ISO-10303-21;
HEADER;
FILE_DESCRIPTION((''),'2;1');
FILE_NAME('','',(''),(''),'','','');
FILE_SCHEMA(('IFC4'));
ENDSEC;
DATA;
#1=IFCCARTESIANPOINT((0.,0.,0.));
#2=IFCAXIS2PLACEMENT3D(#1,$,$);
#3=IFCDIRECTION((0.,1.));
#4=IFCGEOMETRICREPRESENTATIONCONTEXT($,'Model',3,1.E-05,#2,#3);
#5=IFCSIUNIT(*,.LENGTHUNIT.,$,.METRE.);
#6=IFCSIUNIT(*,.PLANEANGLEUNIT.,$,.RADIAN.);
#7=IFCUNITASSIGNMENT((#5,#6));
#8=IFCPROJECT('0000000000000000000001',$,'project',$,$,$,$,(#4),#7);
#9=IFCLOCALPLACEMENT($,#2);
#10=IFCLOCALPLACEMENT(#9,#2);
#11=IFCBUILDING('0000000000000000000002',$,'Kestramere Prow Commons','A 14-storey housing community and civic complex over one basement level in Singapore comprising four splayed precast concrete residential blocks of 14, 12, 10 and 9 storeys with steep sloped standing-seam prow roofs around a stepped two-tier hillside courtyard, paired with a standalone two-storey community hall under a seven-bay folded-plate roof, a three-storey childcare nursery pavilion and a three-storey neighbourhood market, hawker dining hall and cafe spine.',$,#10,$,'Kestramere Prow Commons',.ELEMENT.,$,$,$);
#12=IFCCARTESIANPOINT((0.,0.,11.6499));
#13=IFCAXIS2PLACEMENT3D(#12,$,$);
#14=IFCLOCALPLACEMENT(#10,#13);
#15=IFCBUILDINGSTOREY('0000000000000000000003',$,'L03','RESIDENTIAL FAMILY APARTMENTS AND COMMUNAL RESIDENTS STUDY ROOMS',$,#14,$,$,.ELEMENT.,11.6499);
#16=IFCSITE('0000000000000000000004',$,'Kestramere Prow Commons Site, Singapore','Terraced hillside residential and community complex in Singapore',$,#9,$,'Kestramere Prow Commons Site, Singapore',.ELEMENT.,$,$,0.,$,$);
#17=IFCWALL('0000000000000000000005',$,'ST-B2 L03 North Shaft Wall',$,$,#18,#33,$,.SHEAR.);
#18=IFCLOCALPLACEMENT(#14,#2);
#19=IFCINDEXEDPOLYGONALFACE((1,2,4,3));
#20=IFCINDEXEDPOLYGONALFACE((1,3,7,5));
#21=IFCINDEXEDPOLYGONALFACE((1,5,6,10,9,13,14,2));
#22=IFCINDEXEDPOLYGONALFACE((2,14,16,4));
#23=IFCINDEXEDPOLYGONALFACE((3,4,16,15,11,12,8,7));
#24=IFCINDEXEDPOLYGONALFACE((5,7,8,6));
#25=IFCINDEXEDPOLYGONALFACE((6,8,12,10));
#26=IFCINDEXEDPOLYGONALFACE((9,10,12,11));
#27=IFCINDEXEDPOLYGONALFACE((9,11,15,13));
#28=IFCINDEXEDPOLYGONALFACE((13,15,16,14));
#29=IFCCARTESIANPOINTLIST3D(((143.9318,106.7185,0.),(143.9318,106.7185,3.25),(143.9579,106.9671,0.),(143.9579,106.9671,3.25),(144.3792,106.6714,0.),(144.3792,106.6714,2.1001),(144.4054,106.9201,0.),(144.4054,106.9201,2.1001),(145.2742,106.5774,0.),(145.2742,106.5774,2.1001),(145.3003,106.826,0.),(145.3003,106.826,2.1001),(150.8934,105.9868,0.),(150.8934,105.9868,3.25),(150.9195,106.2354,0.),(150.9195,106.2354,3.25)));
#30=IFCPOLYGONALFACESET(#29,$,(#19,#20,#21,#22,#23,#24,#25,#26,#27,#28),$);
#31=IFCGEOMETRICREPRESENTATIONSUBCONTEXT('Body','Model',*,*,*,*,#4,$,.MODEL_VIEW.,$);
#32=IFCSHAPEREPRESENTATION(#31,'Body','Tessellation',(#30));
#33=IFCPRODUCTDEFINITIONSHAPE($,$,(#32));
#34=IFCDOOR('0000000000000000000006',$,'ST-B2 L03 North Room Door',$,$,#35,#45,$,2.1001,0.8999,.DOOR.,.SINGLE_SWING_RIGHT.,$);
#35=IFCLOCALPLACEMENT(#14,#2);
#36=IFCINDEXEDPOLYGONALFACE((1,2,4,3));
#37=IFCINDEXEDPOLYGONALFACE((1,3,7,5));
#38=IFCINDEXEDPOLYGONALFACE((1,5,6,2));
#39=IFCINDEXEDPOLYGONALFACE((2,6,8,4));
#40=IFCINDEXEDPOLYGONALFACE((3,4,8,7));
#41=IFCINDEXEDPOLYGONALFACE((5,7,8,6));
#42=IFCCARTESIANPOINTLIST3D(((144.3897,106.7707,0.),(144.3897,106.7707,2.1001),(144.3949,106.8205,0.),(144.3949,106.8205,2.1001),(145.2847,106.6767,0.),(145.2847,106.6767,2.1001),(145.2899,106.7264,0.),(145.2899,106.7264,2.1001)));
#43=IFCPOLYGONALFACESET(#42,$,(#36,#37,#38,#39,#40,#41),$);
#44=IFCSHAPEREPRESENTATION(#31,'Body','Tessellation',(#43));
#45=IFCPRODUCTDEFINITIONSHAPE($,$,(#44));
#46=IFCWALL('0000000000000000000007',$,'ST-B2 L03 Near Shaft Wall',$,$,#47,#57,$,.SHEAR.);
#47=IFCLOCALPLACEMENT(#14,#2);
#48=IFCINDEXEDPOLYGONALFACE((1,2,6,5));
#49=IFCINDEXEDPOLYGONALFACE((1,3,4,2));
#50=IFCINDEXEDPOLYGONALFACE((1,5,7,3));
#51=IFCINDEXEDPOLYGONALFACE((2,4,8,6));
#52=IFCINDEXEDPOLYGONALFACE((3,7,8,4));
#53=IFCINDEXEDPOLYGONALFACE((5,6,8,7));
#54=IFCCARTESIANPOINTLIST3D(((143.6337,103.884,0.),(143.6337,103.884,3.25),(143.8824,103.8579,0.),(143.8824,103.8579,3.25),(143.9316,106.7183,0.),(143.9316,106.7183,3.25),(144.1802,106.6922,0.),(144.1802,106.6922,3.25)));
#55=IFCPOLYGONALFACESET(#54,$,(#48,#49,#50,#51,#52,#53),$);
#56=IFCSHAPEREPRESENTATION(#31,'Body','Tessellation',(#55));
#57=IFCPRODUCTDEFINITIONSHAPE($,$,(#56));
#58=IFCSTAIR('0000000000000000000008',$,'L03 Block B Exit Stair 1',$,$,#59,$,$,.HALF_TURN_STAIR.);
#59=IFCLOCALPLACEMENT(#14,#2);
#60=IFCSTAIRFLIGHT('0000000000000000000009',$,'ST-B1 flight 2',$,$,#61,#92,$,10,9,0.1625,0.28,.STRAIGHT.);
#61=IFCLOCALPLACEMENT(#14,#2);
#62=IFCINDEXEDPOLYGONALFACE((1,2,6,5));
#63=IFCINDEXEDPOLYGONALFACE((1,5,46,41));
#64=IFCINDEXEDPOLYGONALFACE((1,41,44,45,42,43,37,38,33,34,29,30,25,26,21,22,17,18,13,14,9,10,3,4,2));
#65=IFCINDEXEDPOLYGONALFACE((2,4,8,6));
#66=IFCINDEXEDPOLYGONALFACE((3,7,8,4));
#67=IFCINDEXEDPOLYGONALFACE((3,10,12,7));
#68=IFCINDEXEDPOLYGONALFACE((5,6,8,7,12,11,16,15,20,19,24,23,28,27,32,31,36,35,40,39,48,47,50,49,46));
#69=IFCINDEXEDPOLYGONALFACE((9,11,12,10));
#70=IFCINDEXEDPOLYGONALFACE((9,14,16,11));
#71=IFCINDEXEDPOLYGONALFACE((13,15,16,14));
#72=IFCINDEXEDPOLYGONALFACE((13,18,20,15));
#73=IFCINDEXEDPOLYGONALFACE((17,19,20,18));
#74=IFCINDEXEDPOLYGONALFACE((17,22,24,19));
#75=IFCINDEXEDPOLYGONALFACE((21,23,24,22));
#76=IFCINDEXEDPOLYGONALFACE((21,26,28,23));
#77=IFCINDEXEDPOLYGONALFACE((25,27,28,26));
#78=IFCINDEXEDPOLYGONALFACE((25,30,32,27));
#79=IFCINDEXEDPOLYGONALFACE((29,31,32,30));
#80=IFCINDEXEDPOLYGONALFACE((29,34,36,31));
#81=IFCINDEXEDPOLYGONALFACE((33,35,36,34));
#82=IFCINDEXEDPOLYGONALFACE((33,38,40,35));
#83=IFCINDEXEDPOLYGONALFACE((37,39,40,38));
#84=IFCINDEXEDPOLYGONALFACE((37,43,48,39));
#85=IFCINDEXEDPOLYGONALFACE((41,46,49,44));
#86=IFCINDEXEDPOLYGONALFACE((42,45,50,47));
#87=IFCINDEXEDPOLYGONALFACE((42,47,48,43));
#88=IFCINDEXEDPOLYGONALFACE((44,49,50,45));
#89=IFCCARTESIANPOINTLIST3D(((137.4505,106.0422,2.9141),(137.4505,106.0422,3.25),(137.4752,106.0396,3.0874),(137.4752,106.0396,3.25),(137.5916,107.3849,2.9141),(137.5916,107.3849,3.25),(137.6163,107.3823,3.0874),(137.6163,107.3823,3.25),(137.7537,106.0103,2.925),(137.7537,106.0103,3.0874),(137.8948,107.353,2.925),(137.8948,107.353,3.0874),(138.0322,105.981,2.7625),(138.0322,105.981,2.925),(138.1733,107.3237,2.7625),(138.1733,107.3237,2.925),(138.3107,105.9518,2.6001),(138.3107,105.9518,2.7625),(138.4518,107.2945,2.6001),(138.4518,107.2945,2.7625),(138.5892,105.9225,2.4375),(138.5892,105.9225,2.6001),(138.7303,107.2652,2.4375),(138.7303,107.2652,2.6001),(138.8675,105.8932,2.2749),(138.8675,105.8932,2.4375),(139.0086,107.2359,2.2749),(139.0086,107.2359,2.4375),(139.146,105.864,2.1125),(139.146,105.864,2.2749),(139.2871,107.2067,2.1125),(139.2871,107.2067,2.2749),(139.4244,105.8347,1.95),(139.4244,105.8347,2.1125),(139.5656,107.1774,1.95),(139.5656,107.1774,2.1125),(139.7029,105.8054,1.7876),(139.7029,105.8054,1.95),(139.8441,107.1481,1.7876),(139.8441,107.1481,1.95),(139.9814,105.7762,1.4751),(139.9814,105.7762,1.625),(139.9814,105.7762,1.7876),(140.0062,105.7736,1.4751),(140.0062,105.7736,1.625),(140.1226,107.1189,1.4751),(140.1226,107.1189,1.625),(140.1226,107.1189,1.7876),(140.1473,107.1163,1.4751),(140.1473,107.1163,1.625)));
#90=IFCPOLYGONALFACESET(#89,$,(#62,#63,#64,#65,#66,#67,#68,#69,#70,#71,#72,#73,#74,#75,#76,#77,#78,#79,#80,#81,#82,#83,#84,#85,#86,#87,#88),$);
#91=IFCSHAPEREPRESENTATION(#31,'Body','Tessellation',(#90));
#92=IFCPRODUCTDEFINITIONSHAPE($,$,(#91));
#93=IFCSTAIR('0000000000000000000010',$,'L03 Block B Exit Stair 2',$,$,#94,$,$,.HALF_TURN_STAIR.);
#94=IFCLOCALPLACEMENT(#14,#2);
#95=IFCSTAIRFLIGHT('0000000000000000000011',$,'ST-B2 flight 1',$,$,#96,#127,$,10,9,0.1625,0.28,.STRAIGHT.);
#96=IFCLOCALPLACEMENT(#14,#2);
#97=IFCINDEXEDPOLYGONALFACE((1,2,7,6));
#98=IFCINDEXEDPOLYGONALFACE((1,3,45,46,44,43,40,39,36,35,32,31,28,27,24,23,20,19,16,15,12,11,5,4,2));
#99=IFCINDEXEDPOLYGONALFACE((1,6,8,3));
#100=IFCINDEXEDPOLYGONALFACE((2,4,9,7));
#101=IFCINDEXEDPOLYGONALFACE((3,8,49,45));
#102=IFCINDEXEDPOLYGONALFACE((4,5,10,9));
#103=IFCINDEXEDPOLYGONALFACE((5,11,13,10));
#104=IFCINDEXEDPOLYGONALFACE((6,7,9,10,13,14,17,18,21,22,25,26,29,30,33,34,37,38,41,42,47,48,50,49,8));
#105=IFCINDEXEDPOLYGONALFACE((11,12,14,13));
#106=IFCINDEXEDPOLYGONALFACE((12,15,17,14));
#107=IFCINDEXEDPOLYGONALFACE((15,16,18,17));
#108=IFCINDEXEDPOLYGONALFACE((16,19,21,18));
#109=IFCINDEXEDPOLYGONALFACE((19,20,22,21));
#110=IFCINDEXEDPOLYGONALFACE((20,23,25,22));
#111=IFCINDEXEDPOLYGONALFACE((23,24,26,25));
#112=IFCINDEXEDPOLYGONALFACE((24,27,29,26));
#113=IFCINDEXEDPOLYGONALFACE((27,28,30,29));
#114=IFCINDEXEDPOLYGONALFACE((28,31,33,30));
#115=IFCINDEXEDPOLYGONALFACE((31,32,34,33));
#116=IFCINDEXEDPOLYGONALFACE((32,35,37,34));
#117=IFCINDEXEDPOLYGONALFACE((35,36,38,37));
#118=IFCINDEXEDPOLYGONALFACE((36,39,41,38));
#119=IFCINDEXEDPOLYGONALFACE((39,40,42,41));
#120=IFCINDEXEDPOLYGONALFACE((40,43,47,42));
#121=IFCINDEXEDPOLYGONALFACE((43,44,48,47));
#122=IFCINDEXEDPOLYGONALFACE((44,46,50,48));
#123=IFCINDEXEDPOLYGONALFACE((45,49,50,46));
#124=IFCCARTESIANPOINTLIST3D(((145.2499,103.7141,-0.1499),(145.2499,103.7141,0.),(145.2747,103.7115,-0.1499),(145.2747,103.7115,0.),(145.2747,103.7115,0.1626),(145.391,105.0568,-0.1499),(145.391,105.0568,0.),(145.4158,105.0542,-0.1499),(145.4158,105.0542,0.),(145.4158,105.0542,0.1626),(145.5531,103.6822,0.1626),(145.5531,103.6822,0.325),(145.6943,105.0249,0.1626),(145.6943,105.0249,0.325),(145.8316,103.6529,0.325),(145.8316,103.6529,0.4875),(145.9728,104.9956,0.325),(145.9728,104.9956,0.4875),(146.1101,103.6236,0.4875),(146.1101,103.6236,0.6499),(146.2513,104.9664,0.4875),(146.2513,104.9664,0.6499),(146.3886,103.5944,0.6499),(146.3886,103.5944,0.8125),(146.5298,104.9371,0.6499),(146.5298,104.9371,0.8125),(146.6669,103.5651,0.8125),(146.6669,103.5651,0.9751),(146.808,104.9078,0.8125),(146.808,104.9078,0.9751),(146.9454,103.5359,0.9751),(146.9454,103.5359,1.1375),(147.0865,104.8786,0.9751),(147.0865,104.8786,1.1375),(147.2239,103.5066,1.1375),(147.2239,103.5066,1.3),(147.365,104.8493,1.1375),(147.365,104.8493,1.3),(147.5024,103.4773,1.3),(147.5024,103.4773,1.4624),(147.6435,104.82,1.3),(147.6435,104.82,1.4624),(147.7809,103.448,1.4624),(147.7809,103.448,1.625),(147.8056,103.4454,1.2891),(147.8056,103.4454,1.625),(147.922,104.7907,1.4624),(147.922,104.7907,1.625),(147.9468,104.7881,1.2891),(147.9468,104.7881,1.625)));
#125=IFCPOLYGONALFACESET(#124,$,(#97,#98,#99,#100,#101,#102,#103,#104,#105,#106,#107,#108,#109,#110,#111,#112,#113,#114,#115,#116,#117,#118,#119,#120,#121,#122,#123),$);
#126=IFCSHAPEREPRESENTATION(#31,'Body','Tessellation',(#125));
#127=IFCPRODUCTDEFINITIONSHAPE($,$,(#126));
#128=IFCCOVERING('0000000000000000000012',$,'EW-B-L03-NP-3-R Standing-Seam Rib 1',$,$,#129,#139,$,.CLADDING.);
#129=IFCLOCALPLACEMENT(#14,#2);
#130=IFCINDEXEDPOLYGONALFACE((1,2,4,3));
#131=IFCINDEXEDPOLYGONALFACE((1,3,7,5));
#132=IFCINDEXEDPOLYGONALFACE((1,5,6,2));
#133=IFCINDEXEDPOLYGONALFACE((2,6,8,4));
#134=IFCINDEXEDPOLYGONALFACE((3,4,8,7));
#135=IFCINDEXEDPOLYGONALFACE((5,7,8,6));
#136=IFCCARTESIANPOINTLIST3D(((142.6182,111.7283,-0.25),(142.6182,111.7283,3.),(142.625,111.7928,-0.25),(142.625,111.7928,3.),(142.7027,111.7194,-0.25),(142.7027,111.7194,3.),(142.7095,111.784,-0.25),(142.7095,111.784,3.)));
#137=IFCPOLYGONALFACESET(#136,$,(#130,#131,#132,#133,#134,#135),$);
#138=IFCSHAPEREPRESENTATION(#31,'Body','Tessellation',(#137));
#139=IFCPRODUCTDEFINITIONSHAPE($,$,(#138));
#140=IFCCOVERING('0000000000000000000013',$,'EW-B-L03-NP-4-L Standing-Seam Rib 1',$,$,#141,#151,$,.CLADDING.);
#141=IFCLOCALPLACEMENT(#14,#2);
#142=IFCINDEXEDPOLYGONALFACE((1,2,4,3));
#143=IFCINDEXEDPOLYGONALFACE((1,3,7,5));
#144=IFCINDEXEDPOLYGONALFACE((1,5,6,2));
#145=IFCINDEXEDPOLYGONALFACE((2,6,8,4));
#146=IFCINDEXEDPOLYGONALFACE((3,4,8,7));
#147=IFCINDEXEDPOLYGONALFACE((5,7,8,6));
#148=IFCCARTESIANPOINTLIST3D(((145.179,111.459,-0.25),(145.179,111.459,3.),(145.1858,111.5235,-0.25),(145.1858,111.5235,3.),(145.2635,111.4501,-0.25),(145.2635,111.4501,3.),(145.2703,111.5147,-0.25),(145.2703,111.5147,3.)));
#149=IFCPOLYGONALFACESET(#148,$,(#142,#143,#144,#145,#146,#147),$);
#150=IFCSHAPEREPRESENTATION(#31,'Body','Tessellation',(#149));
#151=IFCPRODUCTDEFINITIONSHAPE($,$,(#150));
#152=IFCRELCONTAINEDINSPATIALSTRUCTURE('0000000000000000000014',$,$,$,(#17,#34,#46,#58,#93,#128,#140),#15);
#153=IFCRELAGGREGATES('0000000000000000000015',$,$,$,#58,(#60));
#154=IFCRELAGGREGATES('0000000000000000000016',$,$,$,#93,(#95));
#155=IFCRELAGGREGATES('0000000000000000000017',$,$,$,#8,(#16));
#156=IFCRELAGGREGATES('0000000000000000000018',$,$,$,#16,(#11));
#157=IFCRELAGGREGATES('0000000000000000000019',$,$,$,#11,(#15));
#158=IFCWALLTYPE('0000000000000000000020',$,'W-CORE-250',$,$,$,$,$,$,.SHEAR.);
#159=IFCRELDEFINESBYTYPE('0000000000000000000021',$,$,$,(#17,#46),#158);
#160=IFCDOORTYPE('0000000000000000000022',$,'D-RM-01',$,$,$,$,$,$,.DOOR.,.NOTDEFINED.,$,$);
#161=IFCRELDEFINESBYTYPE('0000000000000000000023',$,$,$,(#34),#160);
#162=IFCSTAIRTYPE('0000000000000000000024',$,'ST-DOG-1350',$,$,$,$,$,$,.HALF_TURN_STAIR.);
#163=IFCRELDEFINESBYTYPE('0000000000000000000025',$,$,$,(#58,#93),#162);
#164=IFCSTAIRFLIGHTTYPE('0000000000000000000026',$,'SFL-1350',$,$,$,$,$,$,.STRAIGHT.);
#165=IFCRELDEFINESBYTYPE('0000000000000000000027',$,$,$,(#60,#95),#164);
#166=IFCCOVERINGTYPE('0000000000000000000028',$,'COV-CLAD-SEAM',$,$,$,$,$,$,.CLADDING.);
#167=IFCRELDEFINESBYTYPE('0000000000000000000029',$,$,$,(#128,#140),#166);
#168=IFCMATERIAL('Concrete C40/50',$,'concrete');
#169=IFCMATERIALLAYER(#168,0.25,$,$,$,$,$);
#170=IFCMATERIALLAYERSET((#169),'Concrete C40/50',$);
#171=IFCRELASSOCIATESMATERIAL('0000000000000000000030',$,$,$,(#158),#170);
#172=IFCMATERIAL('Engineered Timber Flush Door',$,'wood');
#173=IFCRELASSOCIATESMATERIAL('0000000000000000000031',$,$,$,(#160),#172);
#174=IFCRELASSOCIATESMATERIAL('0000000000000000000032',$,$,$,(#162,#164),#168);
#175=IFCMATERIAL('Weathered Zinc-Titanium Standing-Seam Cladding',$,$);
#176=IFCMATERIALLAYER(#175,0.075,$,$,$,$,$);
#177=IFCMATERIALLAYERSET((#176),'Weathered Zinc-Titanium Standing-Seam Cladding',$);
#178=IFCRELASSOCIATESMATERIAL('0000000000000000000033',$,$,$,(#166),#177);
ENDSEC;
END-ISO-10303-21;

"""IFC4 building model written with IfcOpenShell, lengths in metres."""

from ifc_helpers import new_model, si_unit, direction, frame, frame_2d, origin, origin_2d, place, context, subcontext, project, spatial, polyline, rectangle, outline, extrude, material, layer, layer_set, type_object, element, fill, aggregate, save


model = new_model("IFC4")

# Units and contexts
model_context = context("Model", 3, precision=1e-05, world=origin(), true_north=direction((0.0, 1.0)))
body_context = subcontext(model_context, "Body", "Model", "MODEL_VIEW")
ifc_project = project(units=[si_unit("LENGTHUNIT", "METRE"), si_unit("PLANEANGLEUNIT", "RADIAN")], contexts=[model_context])

# Site, building, storey
site_placement = place(None, origin())
site = spatial("IfcSite", under=ifc_project, at=site_placement, Name="Kestramere Prow Commons Site, Singapore", Description="Terraced hillside residential and community complex in Singapore", LongName="Kestramere Prow Commons Site, Singapore", CompositionType="ELEMENT", RefElevation=0.0)
building_placement = place(site_placement, origin())
building = spatial("IfcBuilding", under=site, at=building_placement, Name="Kestramere Prow Commons", Description="A 14-storey housing community and civic complex over one basement level in Singapore comprising four splayed precast concrete residential blocks of 14, 12, 10 and 9 storeys with steep sloped standing-seam prow roofs around a stepped two-tier hillside courtyard, paired with a standalone two-storey community hall under a seven-bay folded-plate roof, a three-storey childcare nursery pavilion and a three-storey neighbourhood market, hawker dining hall and cafe spine.", LongName="Kestramere Prow Commons", CompositionType="ELEMENT")
storey_placement = place(building_placement, frame((0.0, 0.0, 11.6499)))
storey = spatial("IfcBuildingStorey", under=building, at=storey_placement, Name="L03", Description="RESIDENTIAL FAMILY APARTMENTS AND COMMUNAL RESIDENTS STUDY ROOMS", CompositionType="ELEMENT", Elevation=11.6499)

# Shared definitions
ifc_material_1 = material(Name="Concrete C40/50", Category="concrete")

# Shared definitions
ifc_layer_1 = layer(ifc_material_1, 0.25)
ifc_layer_set_1 = layer_set([ifc_layer_1], Name="Concrete C40/50")
wall_type_1 = type_object("IfcWallType", Name="W-CORE-250", PredefinedType="SHEAR", material=ifc_layer_set_1)

# Wall, opening, door
wall_1_placement = place(storey_placement, frame((143.9448, 106.8428, 0.0), z_axis=(0.0, 0.0, 1.0), x_axis=(0.994522, -0.104527, 0.0)))
wall_1 = element("IfcWall", 1, at=wall_1_placement, inside=storey, type_object=wall_type_1, Name="ST-B2 L03 North Shaft Wall", PredefinedType="SHEAR", context=body_context, shape_type="SweptSolid", body=[
    extrude(rectangle(XDim=7.0, YDim=0.25, at=frame_2d((3.5, 0.0))), origin(), (0.0, 0.0, 1.0), 3.25),
])
opening_1_placement = place(wall_1_placement, frame((0.45, 0.0, 0.0)))
opening_1 = element("IfcOpeningElement", 2, at=opening_1_placement, cuts=wall_1, PredefinedType="OPENING", context=body_context, shape_type="SweptSolid", body=[
    extrude(rectangle(XDim=0.8999, YDim=2.1001, at=frame_2d((0.45, 1.05))), frame((0.0, 0.1399, 0.0), z_axis=(0.0, -1.0, 0.0), x_axis=(1.0, 0.0, 0.0)), (0.0, 0.0, 1.0), 0.28),
])
ifc_material_2 = material(Name="Engineered Timber Flush Door", Category="wood")
door_type_1 = type_object("IfcDoorType", Name="D-RM-01", OperationType="NOTDEFINED", PredefinedType="DOOR", material=ifc_material_2)
door_1_placement = place(opening_1_placement, origin())
door_1 = element("IfcDoor", 3, at=door_1_placement, inside=storey, type_object=door_type_1, Name="ST-B2 L03 North Room Door", OperationType="SINGLE_SWING_RIGHT", OverallHeight=2.1001, OverallWidth=0.8999, PredefinedType="DOOR", context=body_context, shape_type="SweptSolid", body=[
    extrude(rectangle(XDim=0.8999, YDim=2.1001, at=frame_2d((0.45, 1.05))), frame((0.0, 0.0249, 0.0), z_axis=(0.0, -1.0, 0.0), x_axis=(1.0, 0.0, 0.0)), (0.0, 0.0, 1.0), 0.05),
])
fill(opening_1, door_1)

# Wall
wall_2_placement = place(storey_placement, frame((143.7581, 103.8711, 0.0), z_axis=(0.0, 0.0, 1.0), x_axis=(0.104515, 0.994523, 0.0)))
element("IfcWall", 4, at=wall_2_placement, inside=storey, type_object=wall_type_1, Name="ST-B2 L03 Near Shaft Wall", PredefinedType="SHEAR", context=body_context, shape_type="SweptSolid", body=[
    extrude(rectangle(XDim=2.8499, YDim=0.25, at=frame_2d((1.4248, 0.0))), origin(), (0.0, 0.0, 1.0), 3.25),
])

# Stairs, stair flights
stair_type = type_object("IfcStairType", Name="ST-DOG-1350", PredefinedType="HALF_TURN_STAIR", material=ifc_material_1)
stair_1_placement = place(storey_placement, origin())
stair_1 = element("IfcStair", 5, at=stair_1_placement, inside=storey, type_object=stair_type, Name="L03 Block B Exit Stair 1", PredefinedType="HALF_TURN_STAIR")
stair_flight_type = type_object("IfcStairFlightType", Name="SFL-1350", PredefinedType="STRAIGHT", material=ifc_material_1)
stair_flight_1_placement = place(storey_placement, frame((140.052, 106.4475, 1.625), z_axis=(0.0, 0.0, 1.0), x_axis=(-0.994522, 0.104528, 0.0)))
stair_flight_1 = element("IfcStairFlight", 6, at=stair_flight_1_placement, type_object=stair_flight_type, Name="ST-B1 flight 2", NumberOfRisers=10, NumberOfTreads=9, PredefinedType="STRAIGHT", RiserHeight=0.1625, TreadLength=0.28, context=body_context, shape_type="SweptSolid", body=[
    extrude(outline(polyline([(-0.0249, 0.0), (0.0, 0.0), (0.0, 0.1626), (0.28, 0.1626), (0.28, 0.325), (0.5601, 0.325), (0.5601, 0.4875), (0.8401, 0.4875), (0.8401, 0.6499), (1.1201, 0.6499), (1.1201, 0.8125), (1.3999, 0.8125), (1.3999, 0.9751), (1.6799, 0.9751), (1.6799, 1.1375), (1.96, 1.1375), (1.96, 1.3), (2.24, 1.3), (2.24, 1.4624), (2.52, 1.4624), (2.52, 1.625), (2.5449, 1.625), (2.5449, 1.2891), (0.0, -0.1499), (-0.0249, -0.1499), (-0.0249, 0.0)])), frame((0.0, 0.675, 0.0), z_axis=(0.0, -1.0, 0.0), x_axis=(1.0, 0.0, 0.0)), (0.0, 0.0, 1.0), 1.3501),
])
aggregate(stair_1, [stair_flight_1])
stair_2_placement = place(storey_placement, origin())
stair_2 = element("IfcStair", 7, at=stair_2_placement, inside=storey, type_object=stair_type, Name="L03 Block B Exit Stair 2", PredefinedType="HALF_TURN_STAIR")
stair_flight_2_placement = place(storey_placement, frame((145.3452, 104.3828, 0.0), z_axis=(0.0, 0.0, 1.0), x_axis=(0.994522, -0.104528, 0.0)))
stair_flight_2 = element("IfcStairFlight", 8, at=stair_flight_2_placement, type_object=stair_flight_type, Name="ST-B2 flight 1", NumberOfRisers=10, NumberOfTreads=9, PredefinedType="STRAIGHT", RiserHeight=0.1625, TreadLength=0.28, context=body_context, shape_type="SweptSolid", body=[
    extrude(outline(polyline([(-0.0249, 0.0), (0.0, 0.0), (0.0, 0.1626), (0.28, 0.1626), (0.28, 0.325), (0.5601, 0.325), (0.5601, 0.4875), (0.8401, 0.4875), (0.8401, 0.6499), (1.1201, 0.6499), (1.1201, 0.8125), (1.3999, 0.8125), (1.3999, 0.9751), (1.6799, 0.9751), (1.6799, 1.1375), (1.96, 1.1375), (1.96, 1.3), (2.24, 1.3), (2.24, 1.4624), (2.52, 1.4624), (2.52, 1.625), (2.5449, 1.625), (2.5449, 1.2891), (0.0, -0.1499), (-0.0249, -0.1499), (-0.0249, 0.0)])), frame((0.0, 0.675, 0.0), z_axis=(0.0, -1.0, 0.0), x_axis=(1.0, 0.0, 0.0)), (0.0, 0.0, 1.0), 1.3501),
])
aggregate(stair_2, [stair_flight_2])

# Coverings
ifc_material_3 = material(Name="Weathered Zinc-Titanium Standing-Seam Cladding")
ifc_layer_2 = layer(ifc_material_3, 0.075)
ifc_layer_set_2 = layer_set([ifc_layer_2], Name="Weathered Zinc-Titanium Standing-Seam Cladding")
covering_type = type_object("IfcCoveringType", Name="COV-CLAD-SEAM", PredefinedType="CLADDING", material=ifc_layer_set_2)
for number, where, z_axis, x_axis, name in (
    (9, (142.6638, 111.7561, -0.25), (0.0, 0.0, 1.0), (0.994522, -0.104528, 0.0), "EW-B-L03-NP-3-R Standing-Seam Rib 1"),
    (10, (145.2246, 111.4868, -0.25), (0.0, 0.0, 1.0), (0.994522, -0.104528, 0.0), "EW-B-L03-NP-4-L Standing-Seam Rib 1"),
):
    element("IfcCovering", number, at=place(storey_placement, frame(where, z_axis=z_axis, x_axis=x_axis)), inside=storey, type_object=covering_type, Name=name, PredefinedType="CLADDING", context=body_context, shape_type="SweptSolid", body=[
        extrude(rectangle(XDim=0.085, YDim=0.0649, at=origin_2d()), origin(), (0.0, 0.0, 1.0), 3.25),
    ])

save(model, "model.ifc")
